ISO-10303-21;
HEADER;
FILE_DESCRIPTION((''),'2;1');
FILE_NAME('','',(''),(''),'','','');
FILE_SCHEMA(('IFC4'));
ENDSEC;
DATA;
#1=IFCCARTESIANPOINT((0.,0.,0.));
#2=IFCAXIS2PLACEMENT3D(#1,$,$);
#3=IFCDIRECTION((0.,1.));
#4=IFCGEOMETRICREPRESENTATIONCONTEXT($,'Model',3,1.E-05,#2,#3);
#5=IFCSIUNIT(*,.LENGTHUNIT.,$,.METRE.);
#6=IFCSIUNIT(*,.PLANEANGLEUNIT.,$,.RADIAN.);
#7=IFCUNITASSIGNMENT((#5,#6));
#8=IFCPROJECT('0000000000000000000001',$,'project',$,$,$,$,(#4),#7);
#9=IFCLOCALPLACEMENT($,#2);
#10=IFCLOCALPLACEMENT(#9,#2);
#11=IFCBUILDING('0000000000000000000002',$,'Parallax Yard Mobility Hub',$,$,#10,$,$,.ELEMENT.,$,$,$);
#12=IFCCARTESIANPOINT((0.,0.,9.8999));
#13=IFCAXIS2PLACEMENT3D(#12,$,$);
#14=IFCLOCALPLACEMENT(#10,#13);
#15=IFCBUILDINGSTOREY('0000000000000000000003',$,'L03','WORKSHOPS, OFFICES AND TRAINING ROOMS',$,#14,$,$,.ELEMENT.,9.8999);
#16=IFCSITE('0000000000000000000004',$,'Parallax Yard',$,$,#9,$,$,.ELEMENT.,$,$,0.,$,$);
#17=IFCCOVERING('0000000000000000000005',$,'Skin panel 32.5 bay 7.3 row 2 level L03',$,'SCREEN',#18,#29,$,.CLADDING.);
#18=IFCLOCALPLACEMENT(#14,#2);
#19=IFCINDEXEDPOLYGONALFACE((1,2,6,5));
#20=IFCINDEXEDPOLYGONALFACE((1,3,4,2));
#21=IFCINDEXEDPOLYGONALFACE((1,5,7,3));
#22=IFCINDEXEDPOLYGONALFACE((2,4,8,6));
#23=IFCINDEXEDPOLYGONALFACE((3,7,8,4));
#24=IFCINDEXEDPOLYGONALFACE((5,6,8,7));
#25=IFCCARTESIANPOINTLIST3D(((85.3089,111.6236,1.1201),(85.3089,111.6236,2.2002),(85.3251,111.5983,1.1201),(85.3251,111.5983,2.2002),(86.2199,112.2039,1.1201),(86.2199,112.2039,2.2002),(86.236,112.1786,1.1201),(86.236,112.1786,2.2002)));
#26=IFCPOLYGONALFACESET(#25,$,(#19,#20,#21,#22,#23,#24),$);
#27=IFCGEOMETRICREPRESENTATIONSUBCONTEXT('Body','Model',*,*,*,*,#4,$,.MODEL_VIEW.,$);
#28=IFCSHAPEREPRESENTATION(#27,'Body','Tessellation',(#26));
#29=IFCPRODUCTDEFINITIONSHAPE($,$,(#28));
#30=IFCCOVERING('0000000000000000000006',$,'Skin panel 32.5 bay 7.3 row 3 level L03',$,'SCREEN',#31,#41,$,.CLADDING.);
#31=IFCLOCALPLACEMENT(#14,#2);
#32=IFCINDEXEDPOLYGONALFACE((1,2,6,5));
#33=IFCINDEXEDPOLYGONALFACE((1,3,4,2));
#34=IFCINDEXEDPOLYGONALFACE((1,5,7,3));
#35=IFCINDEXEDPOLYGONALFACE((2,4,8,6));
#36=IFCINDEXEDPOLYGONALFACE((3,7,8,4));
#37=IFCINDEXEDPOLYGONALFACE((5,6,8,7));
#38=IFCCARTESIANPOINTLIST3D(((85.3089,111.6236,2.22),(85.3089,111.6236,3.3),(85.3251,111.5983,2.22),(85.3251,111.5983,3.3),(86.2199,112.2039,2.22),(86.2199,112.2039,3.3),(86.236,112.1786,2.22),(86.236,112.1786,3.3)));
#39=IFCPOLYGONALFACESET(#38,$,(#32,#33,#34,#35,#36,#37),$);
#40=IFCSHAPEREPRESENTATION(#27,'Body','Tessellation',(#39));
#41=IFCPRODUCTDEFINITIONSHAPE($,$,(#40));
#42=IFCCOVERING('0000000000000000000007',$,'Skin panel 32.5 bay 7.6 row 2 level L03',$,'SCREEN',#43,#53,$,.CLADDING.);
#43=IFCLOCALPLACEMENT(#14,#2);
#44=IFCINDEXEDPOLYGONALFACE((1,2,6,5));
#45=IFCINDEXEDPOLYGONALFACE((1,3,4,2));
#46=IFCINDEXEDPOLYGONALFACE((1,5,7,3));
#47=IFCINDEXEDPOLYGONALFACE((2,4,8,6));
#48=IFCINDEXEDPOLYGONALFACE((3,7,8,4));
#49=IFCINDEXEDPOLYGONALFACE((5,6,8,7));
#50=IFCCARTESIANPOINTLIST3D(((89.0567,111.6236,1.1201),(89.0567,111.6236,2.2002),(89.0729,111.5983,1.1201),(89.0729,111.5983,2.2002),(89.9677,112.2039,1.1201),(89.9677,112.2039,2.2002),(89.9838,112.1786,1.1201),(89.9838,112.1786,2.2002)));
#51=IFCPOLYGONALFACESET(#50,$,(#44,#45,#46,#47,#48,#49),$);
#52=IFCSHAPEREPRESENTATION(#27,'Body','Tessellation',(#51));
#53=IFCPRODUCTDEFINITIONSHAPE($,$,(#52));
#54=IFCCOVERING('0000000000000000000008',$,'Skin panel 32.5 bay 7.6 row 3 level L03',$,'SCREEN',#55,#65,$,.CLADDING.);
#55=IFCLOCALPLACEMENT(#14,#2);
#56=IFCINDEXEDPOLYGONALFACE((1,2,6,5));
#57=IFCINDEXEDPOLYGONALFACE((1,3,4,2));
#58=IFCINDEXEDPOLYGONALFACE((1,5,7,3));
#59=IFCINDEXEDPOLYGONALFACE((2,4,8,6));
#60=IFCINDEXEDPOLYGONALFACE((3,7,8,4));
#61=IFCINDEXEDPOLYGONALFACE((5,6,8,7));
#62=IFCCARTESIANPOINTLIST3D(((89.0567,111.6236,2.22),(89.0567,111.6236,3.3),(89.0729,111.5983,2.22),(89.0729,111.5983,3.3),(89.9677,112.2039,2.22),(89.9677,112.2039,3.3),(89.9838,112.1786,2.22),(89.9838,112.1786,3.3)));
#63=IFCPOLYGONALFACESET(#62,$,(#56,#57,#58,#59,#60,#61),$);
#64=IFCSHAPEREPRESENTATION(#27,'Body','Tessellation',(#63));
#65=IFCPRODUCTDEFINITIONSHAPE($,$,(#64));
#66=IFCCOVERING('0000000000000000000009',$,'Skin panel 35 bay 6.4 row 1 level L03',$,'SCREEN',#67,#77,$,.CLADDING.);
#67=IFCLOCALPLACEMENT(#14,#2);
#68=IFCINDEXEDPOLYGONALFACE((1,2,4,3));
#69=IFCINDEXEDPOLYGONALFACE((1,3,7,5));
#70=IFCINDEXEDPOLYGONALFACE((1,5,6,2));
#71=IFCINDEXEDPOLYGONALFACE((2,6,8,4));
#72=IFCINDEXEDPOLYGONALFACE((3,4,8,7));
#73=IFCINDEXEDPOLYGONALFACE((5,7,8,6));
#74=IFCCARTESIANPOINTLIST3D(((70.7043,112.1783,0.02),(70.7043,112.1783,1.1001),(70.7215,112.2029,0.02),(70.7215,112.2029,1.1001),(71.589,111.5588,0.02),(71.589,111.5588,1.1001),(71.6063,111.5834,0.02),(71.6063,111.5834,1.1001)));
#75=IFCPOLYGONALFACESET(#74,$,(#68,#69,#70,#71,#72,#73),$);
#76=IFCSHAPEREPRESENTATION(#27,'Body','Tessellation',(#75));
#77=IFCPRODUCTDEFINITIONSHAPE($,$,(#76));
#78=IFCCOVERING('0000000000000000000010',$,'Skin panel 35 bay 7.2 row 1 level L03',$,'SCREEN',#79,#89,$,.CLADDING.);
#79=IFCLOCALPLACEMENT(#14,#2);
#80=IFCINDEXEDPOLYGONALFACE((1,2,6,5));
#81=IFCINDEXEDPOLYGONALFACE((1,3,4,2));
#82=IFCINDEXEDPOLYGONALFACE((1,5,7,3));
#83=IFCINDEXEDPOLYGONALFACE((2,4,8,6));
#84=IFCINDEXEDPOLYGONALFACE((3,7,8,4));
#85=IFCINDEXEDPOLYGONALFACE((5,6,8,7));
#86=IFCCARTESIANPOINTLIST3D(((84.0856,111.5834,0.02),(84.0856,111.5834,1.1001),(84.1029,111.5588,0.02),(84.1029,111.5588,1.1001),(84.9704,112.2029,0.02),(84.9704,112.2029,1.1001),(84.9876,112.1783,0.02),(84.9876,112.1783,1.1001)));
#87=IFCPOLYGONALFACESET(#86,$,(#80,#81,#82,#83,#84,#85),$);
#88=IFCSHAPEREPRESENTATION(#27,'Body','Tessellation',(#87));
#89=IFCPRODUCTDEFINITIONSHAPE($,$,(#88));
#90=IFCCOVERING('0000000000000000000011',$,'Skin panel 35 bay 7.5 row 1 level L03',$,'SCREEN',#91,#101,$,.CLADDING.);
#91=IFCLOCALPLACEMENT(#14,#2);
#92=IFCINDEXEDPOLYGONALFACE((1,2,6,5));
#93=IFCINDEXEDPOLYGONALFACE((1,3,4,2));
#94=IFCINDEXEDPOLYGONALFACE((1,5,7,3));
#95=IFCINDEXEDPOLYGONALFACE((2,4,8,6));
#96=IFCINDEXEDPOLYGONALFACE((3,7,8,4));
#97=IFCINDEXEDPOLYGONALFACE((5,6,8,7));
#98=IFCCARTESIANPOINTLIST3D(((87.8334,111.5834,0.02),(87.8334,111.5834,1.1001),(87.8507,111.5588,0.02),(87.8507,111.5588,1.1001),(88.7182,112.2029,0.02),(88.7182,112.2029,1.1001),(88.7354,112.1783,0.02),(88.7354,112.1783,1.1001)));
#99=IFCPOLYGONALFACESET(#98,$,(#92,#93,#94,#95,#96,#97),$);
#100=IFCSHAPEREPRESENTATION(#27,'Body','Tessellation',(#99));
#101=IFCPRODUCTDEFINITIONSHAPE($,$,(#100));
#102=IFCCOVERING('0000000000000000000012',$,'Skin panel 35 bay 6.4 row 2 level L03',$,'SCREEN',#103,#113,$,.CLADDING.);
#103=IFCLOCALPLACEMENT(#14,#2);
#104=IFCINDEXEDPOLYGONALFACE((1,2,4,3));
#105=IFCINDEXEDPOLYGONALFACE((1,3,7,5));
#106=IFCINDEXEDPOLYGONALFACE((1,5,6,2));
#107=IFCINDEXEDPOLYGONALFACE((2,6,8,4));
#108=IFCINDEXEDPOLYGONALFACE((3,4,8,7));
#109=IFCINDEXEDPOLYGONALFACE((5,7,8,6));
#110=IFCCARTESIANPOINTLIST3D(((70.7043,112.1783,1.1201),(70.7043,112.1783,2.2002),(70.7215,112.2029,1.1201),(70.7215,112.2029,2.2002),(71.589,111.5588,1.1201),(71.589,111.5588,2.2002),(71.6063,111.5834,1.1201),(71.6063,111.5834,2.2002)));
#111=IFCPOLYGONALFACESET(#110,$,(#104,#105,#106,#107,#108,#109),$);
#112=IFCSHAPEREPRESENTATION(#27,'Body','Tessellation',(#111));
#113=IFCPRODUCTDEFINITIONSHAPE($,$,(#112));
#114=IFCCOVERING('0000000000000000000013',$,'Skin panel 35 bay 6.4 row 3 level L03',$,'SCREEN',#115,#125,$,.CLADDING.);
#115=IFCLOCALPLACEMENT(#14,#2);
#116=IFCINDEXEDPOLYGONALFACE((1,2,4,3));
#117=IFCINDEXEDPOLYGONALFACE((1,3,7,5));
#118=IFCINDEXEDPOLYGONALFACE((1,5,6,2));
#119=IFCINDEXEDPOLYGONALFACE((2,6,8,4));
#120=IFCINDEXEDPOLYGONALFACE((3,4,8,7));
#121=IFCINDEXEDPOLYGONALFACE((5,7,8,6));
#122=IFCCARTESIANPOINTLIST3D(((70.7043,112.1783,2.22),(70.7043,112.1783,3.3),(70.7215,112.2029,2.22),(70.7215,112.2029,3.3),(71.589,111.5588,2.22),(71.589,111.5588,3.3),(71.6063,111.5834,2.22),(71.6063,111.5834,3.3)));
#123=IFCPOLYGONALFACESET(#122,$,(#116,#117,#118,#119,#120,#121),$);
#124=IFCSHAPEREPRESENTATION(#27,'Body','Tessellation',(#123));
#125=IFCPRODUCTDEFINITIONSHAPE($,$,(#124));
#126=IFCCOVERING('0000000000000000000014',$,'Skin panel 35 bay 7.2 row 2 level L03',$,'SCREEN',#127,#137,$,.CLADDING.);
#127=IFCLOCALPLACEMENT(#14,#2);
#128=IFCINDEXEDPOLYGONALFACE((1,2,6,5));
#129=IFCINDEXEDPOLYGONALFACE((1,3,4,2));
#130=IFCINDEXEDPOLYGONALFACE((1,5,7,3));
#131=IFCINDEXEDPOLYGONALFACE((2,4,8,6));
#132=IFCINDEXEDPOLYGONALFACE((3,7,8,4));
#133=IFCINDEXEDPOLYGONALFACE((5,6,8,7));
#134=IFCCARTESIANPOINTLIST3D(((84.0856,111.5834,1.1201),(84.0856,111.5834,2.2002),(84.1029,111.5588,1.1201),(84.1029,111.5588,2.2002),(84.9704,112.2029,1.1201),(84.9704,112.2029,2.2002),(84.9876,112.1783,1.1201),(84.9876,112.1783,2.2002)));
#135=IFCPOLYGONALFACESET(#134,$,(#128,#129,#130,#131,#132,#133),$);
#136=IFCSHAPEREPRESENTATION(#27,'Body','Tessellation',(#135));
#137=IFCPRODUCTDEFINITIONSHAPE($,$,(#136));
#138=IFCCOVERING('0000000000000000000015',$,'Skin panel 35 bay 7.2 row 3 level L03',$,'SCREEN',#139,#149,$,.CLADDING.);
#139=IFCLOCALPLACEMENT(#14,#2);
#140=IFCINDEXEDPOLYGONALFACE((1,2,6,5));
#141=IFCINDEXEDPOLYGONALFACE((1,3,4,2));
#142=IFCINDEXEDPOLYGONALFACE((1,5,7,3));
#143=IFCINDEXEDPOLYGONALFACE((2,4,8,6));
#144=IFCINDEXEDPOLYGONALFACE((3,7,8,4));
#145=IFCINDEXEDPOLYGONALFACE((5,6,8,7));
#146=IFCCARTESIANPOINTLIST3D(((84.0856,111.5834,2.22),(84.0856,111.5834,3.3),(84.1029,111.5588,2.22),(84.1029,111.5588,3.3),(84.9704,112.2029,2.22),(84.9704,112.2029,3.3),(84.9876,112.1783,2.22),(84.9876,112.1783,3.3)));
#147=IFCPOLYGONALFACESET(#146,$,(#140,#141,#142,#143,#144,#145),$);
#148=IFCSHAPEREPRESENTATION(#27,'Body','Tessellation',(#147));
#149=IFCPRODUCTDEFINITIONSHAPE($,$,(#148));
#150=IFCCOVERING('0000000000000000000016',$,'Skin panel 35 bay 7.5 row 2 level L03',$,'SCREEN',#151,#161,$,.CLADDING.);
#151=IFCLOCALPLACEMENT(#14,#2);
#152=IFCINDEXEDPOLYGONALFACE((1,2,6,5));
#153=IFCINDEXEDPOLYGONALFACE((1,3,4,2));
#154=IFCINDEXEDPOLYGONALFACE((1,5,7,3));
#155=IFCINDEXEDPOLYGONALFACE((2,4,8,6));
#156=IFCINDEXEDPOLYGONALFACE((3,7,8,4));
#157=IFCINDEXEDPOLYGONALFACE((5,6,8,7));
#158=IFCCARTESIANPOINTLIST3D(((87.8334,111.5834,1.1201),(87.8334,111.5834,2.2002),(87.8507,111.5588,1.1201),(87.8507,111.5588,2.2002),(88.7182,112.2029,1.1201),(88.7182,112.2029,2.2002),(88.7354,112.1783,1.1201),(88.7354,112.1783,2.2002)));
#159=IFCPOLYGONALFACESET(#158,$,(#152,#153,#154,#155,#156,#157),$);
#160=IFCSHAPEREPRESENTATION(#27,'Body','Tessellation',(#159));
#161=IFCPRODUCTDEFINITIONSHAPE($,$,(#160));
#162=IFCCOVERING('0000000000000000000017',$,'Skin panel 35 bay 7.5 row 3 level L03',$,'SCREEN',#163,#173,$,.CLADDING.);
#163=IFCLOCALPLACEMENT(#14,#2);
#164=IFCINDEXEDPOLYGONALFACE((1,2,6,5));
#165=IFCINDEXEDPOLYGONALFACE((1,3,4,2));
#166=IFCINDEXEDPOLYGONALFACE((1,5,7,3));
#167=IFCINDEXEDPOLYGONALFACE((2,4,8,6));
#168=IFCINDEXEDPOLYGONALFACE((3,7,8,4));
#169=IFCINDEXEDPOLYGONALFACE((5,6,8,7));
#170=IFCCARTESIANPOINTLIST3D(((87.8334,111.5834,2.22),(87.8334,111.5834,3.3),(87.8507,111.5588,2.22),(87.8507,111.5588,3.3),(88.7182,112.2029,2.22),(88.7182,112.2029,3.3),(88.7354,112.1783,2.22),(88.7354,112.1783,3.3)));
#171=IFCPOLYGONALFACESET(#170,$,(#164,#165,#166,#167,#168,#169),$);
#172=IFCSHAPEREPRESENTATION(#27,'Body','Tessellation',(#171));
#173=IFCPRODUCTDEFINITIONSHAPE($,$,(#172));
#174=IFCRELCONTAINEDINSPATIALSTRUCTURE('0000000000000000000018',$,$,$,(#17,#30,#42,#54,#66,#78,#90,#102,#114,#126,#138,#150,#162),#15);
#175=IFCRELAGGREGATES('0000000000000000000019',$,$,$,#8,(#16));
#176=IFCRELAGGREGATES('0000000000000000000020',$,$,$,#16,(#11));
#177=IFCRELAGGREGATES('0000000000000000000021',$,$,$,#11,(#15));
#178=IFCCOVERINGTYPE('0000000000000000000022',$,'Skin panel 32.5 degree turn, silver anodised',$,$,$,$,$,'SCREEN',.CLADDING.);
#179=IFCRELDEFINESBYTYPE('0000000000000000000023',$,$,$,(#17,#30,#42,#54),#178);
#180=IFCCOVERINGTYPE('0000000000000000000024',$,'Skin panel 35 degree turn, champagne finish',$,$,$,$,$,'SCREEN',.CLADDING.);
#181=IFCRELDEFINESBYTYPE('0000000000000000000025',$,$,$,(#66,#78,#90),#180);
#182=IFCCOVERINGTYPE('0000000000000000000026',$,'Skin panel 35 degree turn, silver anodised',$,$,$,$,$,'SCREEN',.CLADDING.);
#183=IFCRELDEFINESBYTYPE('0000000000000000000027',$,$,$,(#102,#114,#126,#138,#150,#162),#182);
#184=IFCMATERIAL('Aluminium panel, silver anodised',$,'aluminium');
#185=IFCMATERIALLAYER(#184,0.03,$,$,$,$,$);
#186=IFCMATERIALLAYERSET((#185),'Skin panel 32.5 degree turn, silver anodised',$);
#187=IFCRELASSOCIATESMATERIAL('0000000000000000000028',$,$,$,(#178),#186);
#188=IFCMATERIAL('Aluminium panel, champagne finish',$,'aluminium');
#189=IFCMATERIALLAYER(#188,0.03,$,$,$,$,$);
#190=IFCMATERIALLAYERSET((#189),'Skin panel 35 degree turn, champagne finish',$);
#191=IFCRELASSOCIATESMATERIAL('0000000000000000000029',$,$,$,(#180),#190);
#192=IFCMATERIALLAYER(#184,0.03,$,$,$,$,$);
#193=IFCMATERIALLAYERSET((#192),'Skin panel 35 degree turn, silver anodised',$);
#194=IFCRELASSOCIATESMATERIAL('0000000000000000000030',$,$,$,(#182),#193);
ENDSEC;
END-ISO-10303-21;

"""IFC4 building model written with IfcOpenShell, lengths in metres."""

from ifc_helpers import new_model, si_unit, direction, frame, origin, origin_2d, place, context, subcontext, project, spatial, rectangle, extrude, material, layer, layer_set, type_object, element, save


model = new_model("IFC4")

# Units and contexts
model_context = context("Model", 3, precision=1e-05, world=origin(), true_north=direction((0.0, 1.0)))
body_context = subcontext(model_context, "Body", "Model", "MODEL_VIEW")
ifc_project = project(units=[si_unit("LENGTHUNIT", "METRE"), si_unit("PLANEANGLEUNIT", "RADIAN")], contexts=[model_context])

# Site, building, storey
site_placement = place(None, origin())
site = spatial("IfcSite", under=ifc_project, at=site_placement, Name="Parallax Yard", CompositionType="ELEMENT", RefElevation=0.0)
building_placement = place(site_placement, origin())
building = spatial("IfcBuilding", under=site, at=building_placement, Name="Parallax Yard Mobility Hub", CompositionType="ELEMENT")
storey_placement = place(building_placement, frame((0.0, 0.0, 9.8999)))
storey = spatial("IfcBuildingStorey", under=building, at=storey_placement, Name="L03", Description="WORKSHOPS, OFFICES AND TRAINING ROOMS", CompositionType="ELEMENT", Elevation=9.8999)

# Coverings
ifc_material_1 = material(Name="Aluminium panel, champagne finish", Category="aluminium")
ifc_material_2 = material(Name="Aluminium panel, silver anodised", Category="aluminium")
ifc_layer_1 = layer(ifc_material_2, 0.03)
ifc_layer_set_1 = layer_set([ifc_layer_1], Name="Skin panel 32.5 degree turn, silver anodised")
covering_type_1 = type_object("IfcCoveringType", Name="Skin panel 32.5 degree turn, silver anodised", ElementType="SCREEN", PredefinedType="CLADDING", material=ifc_layer_set_1)
for number, where, z_axis, x_axis, name in (
    (1, (85.7725, 111.9011, 1.1201), (0.0, 0.0, 1.0), (-0.843391, -0.5373, 0.0), "Skin panel 32.5 bay 7.3 row 2 level L03"),
    (2, (85.7725, 111.9011, 2.22), (0.0, 0.0, 1.0), (-0.843391, -0.5373, 0.0), "Skin panel 32.5 bay 7.3 row 3 level L03"),
    (3, (89.5203, 111.9011, 1.1201), (0.0, 0.0, 1.0), (-0.843391, -0.5373, 0.0), "Skin panel 32.5 bay 7.6 row 2 level L03"),
    (4, (89.5203, 111.9011, 2.22), (0.0, 0.0, 1.0), (-0.843391, -0.5373, 0.0), "Skin panel 32.5 bay 7.6 row 3 level L03"),
):
    element("IfcCovering", number, at=place(storey_placement, frame(where, z_axis=z_axis, x_axis=x_axis)), inside=storey, type_object=covering_type_1, Name=name, ObjectType="SCREEN", PredefinedType="CLADDING", context=body_context, shape_type="SweptSolid", body=[
        extrude(rectangle(XDim=1.0801, YDim=0.03, at=origin_2d()), origin(), (0.0, 0.0, 1.0), 1.0801),
    ])
ifc_layer_2 = layer(ifc_material_1, 0.03)
ifc_layer_set_2 = layer_set([ifc_layer_2], Name="Skin panel 35 degree turn, champagne finish")
covering_type_2 = type_object("IfcCoveringType", Name="Skin panel 35 degree turn, champagne finish", ElementType="SCREEN", PredefinedType="CLADDING", material=ifc_layer_set_2)
for number, where, z_axis, x_axis, name in (
    (5, (71.1553, 111.8809, 0.02), (0.0, 0.0, 1.0), (0.819152, -0.573576, 0.0), "Skin panel 35 bay 6.4 row 1 level L03"),
    (6, (84.5366, 111.8809, 0.02), (0.0, 0.0, 1.0), (-0.819152, -0.573576, 0.0), "Skin panel 35 bay 7.2 row 1 level L03"),
    (7, (88.2844, 111.8809, 0.02), (0.0, 0.0, 1.0), (-0.819152, -0.573576, 0.0), "Skin panel 35 bay 7.5 row 1 level L03"),
):
    element("IfcCovering", number, at=place(storey_placement, frame(where, z_axis=z_axis, x_axis=x_axis)), inside=storey, type_object=covering_type_2, Name=name, ObjectType="SCREEN", PredefinedType="CLADDING", context=body_context, shape_type="SweptSolid", body=[
        extrude(rectangle(XDim=1.0801, YDim=0.03, at=origin_2d()), origin(), (0.0, 0.0, 1.0), 1.0801),
    ])
ifc_layer_3 = layer(ifc_material_2, 0.03)
ifc_layer_set_3 = layer_set([ifc_layer_3], Name="Skin panel 35 degree turn, silver anodised")
covering_type_3 = type_object("IfcCoveringType", Name="Skin panel 35 degree turn, silver anodised", ElementType="SCREEN", PredefinedType="CLADDING", material=ifc_layer_set_3)
for number, where, z_axis, x_axis, name in (
    (8, (71.1553, 111.8809, 1.1201), (0.0, 0.0, 1.0), (0.819152, -0.573576, 0.0), "Skin panel 35 bay 6.4 row 2 level L03"),
    (9, (71.1553, 111.8809, 2.22), (0.0, 0.0, 1.0), (0.819152, -0.573576, 0.0), "Skin panel 35 bay 6.4 row 3 level L03"),
    (10, (84.5366, 111.8809, 1.1201), (0.0, 0.0, 1.0), (-0.819152, -0.573576, 0.0), "Skin panel 35 bay 7.2 row 2 level L03"),
    (11, (84.5366, 111.8809, 2.22), (0.0, 0.0, 1.0), (-0.819152, -0.573576, 0.0), "Skin panel 35 bay 7.2 row 3 level L03"),
    (12, (88.2844, 111.8809, 1.1201), (0.0, 0.0, 1.0), (-0.819152, -0.573576, 0.0), "Skin panel 35 bay 7.5 row 2 level L03"),
    (13, (88.2844, 111.8809, 2.22), (0.0, 0.0, 1.0), (-0.819152, -0.573576, 0.0), "Skin panel 35 bay 7.5 row 3 level L03"),
):
    element("IfcCovering", number, at=place(storey_placement, frame(where, z_axis=z_axis, x_axis=x_axis)), inside=storey, type_object=covering_type_3, Name=name, ObjectType="SCREEN", PredefinedType="CLADDING", context=body_context, shape_type="SweptSolid", body=[
        extrude(rectangle(XDim=1.0801, YDim=0.03, at=origin_2d()), origin(), (0.0, 0.0, 1.0), 1.0801),
    ])

save(model, "model.ifc")
